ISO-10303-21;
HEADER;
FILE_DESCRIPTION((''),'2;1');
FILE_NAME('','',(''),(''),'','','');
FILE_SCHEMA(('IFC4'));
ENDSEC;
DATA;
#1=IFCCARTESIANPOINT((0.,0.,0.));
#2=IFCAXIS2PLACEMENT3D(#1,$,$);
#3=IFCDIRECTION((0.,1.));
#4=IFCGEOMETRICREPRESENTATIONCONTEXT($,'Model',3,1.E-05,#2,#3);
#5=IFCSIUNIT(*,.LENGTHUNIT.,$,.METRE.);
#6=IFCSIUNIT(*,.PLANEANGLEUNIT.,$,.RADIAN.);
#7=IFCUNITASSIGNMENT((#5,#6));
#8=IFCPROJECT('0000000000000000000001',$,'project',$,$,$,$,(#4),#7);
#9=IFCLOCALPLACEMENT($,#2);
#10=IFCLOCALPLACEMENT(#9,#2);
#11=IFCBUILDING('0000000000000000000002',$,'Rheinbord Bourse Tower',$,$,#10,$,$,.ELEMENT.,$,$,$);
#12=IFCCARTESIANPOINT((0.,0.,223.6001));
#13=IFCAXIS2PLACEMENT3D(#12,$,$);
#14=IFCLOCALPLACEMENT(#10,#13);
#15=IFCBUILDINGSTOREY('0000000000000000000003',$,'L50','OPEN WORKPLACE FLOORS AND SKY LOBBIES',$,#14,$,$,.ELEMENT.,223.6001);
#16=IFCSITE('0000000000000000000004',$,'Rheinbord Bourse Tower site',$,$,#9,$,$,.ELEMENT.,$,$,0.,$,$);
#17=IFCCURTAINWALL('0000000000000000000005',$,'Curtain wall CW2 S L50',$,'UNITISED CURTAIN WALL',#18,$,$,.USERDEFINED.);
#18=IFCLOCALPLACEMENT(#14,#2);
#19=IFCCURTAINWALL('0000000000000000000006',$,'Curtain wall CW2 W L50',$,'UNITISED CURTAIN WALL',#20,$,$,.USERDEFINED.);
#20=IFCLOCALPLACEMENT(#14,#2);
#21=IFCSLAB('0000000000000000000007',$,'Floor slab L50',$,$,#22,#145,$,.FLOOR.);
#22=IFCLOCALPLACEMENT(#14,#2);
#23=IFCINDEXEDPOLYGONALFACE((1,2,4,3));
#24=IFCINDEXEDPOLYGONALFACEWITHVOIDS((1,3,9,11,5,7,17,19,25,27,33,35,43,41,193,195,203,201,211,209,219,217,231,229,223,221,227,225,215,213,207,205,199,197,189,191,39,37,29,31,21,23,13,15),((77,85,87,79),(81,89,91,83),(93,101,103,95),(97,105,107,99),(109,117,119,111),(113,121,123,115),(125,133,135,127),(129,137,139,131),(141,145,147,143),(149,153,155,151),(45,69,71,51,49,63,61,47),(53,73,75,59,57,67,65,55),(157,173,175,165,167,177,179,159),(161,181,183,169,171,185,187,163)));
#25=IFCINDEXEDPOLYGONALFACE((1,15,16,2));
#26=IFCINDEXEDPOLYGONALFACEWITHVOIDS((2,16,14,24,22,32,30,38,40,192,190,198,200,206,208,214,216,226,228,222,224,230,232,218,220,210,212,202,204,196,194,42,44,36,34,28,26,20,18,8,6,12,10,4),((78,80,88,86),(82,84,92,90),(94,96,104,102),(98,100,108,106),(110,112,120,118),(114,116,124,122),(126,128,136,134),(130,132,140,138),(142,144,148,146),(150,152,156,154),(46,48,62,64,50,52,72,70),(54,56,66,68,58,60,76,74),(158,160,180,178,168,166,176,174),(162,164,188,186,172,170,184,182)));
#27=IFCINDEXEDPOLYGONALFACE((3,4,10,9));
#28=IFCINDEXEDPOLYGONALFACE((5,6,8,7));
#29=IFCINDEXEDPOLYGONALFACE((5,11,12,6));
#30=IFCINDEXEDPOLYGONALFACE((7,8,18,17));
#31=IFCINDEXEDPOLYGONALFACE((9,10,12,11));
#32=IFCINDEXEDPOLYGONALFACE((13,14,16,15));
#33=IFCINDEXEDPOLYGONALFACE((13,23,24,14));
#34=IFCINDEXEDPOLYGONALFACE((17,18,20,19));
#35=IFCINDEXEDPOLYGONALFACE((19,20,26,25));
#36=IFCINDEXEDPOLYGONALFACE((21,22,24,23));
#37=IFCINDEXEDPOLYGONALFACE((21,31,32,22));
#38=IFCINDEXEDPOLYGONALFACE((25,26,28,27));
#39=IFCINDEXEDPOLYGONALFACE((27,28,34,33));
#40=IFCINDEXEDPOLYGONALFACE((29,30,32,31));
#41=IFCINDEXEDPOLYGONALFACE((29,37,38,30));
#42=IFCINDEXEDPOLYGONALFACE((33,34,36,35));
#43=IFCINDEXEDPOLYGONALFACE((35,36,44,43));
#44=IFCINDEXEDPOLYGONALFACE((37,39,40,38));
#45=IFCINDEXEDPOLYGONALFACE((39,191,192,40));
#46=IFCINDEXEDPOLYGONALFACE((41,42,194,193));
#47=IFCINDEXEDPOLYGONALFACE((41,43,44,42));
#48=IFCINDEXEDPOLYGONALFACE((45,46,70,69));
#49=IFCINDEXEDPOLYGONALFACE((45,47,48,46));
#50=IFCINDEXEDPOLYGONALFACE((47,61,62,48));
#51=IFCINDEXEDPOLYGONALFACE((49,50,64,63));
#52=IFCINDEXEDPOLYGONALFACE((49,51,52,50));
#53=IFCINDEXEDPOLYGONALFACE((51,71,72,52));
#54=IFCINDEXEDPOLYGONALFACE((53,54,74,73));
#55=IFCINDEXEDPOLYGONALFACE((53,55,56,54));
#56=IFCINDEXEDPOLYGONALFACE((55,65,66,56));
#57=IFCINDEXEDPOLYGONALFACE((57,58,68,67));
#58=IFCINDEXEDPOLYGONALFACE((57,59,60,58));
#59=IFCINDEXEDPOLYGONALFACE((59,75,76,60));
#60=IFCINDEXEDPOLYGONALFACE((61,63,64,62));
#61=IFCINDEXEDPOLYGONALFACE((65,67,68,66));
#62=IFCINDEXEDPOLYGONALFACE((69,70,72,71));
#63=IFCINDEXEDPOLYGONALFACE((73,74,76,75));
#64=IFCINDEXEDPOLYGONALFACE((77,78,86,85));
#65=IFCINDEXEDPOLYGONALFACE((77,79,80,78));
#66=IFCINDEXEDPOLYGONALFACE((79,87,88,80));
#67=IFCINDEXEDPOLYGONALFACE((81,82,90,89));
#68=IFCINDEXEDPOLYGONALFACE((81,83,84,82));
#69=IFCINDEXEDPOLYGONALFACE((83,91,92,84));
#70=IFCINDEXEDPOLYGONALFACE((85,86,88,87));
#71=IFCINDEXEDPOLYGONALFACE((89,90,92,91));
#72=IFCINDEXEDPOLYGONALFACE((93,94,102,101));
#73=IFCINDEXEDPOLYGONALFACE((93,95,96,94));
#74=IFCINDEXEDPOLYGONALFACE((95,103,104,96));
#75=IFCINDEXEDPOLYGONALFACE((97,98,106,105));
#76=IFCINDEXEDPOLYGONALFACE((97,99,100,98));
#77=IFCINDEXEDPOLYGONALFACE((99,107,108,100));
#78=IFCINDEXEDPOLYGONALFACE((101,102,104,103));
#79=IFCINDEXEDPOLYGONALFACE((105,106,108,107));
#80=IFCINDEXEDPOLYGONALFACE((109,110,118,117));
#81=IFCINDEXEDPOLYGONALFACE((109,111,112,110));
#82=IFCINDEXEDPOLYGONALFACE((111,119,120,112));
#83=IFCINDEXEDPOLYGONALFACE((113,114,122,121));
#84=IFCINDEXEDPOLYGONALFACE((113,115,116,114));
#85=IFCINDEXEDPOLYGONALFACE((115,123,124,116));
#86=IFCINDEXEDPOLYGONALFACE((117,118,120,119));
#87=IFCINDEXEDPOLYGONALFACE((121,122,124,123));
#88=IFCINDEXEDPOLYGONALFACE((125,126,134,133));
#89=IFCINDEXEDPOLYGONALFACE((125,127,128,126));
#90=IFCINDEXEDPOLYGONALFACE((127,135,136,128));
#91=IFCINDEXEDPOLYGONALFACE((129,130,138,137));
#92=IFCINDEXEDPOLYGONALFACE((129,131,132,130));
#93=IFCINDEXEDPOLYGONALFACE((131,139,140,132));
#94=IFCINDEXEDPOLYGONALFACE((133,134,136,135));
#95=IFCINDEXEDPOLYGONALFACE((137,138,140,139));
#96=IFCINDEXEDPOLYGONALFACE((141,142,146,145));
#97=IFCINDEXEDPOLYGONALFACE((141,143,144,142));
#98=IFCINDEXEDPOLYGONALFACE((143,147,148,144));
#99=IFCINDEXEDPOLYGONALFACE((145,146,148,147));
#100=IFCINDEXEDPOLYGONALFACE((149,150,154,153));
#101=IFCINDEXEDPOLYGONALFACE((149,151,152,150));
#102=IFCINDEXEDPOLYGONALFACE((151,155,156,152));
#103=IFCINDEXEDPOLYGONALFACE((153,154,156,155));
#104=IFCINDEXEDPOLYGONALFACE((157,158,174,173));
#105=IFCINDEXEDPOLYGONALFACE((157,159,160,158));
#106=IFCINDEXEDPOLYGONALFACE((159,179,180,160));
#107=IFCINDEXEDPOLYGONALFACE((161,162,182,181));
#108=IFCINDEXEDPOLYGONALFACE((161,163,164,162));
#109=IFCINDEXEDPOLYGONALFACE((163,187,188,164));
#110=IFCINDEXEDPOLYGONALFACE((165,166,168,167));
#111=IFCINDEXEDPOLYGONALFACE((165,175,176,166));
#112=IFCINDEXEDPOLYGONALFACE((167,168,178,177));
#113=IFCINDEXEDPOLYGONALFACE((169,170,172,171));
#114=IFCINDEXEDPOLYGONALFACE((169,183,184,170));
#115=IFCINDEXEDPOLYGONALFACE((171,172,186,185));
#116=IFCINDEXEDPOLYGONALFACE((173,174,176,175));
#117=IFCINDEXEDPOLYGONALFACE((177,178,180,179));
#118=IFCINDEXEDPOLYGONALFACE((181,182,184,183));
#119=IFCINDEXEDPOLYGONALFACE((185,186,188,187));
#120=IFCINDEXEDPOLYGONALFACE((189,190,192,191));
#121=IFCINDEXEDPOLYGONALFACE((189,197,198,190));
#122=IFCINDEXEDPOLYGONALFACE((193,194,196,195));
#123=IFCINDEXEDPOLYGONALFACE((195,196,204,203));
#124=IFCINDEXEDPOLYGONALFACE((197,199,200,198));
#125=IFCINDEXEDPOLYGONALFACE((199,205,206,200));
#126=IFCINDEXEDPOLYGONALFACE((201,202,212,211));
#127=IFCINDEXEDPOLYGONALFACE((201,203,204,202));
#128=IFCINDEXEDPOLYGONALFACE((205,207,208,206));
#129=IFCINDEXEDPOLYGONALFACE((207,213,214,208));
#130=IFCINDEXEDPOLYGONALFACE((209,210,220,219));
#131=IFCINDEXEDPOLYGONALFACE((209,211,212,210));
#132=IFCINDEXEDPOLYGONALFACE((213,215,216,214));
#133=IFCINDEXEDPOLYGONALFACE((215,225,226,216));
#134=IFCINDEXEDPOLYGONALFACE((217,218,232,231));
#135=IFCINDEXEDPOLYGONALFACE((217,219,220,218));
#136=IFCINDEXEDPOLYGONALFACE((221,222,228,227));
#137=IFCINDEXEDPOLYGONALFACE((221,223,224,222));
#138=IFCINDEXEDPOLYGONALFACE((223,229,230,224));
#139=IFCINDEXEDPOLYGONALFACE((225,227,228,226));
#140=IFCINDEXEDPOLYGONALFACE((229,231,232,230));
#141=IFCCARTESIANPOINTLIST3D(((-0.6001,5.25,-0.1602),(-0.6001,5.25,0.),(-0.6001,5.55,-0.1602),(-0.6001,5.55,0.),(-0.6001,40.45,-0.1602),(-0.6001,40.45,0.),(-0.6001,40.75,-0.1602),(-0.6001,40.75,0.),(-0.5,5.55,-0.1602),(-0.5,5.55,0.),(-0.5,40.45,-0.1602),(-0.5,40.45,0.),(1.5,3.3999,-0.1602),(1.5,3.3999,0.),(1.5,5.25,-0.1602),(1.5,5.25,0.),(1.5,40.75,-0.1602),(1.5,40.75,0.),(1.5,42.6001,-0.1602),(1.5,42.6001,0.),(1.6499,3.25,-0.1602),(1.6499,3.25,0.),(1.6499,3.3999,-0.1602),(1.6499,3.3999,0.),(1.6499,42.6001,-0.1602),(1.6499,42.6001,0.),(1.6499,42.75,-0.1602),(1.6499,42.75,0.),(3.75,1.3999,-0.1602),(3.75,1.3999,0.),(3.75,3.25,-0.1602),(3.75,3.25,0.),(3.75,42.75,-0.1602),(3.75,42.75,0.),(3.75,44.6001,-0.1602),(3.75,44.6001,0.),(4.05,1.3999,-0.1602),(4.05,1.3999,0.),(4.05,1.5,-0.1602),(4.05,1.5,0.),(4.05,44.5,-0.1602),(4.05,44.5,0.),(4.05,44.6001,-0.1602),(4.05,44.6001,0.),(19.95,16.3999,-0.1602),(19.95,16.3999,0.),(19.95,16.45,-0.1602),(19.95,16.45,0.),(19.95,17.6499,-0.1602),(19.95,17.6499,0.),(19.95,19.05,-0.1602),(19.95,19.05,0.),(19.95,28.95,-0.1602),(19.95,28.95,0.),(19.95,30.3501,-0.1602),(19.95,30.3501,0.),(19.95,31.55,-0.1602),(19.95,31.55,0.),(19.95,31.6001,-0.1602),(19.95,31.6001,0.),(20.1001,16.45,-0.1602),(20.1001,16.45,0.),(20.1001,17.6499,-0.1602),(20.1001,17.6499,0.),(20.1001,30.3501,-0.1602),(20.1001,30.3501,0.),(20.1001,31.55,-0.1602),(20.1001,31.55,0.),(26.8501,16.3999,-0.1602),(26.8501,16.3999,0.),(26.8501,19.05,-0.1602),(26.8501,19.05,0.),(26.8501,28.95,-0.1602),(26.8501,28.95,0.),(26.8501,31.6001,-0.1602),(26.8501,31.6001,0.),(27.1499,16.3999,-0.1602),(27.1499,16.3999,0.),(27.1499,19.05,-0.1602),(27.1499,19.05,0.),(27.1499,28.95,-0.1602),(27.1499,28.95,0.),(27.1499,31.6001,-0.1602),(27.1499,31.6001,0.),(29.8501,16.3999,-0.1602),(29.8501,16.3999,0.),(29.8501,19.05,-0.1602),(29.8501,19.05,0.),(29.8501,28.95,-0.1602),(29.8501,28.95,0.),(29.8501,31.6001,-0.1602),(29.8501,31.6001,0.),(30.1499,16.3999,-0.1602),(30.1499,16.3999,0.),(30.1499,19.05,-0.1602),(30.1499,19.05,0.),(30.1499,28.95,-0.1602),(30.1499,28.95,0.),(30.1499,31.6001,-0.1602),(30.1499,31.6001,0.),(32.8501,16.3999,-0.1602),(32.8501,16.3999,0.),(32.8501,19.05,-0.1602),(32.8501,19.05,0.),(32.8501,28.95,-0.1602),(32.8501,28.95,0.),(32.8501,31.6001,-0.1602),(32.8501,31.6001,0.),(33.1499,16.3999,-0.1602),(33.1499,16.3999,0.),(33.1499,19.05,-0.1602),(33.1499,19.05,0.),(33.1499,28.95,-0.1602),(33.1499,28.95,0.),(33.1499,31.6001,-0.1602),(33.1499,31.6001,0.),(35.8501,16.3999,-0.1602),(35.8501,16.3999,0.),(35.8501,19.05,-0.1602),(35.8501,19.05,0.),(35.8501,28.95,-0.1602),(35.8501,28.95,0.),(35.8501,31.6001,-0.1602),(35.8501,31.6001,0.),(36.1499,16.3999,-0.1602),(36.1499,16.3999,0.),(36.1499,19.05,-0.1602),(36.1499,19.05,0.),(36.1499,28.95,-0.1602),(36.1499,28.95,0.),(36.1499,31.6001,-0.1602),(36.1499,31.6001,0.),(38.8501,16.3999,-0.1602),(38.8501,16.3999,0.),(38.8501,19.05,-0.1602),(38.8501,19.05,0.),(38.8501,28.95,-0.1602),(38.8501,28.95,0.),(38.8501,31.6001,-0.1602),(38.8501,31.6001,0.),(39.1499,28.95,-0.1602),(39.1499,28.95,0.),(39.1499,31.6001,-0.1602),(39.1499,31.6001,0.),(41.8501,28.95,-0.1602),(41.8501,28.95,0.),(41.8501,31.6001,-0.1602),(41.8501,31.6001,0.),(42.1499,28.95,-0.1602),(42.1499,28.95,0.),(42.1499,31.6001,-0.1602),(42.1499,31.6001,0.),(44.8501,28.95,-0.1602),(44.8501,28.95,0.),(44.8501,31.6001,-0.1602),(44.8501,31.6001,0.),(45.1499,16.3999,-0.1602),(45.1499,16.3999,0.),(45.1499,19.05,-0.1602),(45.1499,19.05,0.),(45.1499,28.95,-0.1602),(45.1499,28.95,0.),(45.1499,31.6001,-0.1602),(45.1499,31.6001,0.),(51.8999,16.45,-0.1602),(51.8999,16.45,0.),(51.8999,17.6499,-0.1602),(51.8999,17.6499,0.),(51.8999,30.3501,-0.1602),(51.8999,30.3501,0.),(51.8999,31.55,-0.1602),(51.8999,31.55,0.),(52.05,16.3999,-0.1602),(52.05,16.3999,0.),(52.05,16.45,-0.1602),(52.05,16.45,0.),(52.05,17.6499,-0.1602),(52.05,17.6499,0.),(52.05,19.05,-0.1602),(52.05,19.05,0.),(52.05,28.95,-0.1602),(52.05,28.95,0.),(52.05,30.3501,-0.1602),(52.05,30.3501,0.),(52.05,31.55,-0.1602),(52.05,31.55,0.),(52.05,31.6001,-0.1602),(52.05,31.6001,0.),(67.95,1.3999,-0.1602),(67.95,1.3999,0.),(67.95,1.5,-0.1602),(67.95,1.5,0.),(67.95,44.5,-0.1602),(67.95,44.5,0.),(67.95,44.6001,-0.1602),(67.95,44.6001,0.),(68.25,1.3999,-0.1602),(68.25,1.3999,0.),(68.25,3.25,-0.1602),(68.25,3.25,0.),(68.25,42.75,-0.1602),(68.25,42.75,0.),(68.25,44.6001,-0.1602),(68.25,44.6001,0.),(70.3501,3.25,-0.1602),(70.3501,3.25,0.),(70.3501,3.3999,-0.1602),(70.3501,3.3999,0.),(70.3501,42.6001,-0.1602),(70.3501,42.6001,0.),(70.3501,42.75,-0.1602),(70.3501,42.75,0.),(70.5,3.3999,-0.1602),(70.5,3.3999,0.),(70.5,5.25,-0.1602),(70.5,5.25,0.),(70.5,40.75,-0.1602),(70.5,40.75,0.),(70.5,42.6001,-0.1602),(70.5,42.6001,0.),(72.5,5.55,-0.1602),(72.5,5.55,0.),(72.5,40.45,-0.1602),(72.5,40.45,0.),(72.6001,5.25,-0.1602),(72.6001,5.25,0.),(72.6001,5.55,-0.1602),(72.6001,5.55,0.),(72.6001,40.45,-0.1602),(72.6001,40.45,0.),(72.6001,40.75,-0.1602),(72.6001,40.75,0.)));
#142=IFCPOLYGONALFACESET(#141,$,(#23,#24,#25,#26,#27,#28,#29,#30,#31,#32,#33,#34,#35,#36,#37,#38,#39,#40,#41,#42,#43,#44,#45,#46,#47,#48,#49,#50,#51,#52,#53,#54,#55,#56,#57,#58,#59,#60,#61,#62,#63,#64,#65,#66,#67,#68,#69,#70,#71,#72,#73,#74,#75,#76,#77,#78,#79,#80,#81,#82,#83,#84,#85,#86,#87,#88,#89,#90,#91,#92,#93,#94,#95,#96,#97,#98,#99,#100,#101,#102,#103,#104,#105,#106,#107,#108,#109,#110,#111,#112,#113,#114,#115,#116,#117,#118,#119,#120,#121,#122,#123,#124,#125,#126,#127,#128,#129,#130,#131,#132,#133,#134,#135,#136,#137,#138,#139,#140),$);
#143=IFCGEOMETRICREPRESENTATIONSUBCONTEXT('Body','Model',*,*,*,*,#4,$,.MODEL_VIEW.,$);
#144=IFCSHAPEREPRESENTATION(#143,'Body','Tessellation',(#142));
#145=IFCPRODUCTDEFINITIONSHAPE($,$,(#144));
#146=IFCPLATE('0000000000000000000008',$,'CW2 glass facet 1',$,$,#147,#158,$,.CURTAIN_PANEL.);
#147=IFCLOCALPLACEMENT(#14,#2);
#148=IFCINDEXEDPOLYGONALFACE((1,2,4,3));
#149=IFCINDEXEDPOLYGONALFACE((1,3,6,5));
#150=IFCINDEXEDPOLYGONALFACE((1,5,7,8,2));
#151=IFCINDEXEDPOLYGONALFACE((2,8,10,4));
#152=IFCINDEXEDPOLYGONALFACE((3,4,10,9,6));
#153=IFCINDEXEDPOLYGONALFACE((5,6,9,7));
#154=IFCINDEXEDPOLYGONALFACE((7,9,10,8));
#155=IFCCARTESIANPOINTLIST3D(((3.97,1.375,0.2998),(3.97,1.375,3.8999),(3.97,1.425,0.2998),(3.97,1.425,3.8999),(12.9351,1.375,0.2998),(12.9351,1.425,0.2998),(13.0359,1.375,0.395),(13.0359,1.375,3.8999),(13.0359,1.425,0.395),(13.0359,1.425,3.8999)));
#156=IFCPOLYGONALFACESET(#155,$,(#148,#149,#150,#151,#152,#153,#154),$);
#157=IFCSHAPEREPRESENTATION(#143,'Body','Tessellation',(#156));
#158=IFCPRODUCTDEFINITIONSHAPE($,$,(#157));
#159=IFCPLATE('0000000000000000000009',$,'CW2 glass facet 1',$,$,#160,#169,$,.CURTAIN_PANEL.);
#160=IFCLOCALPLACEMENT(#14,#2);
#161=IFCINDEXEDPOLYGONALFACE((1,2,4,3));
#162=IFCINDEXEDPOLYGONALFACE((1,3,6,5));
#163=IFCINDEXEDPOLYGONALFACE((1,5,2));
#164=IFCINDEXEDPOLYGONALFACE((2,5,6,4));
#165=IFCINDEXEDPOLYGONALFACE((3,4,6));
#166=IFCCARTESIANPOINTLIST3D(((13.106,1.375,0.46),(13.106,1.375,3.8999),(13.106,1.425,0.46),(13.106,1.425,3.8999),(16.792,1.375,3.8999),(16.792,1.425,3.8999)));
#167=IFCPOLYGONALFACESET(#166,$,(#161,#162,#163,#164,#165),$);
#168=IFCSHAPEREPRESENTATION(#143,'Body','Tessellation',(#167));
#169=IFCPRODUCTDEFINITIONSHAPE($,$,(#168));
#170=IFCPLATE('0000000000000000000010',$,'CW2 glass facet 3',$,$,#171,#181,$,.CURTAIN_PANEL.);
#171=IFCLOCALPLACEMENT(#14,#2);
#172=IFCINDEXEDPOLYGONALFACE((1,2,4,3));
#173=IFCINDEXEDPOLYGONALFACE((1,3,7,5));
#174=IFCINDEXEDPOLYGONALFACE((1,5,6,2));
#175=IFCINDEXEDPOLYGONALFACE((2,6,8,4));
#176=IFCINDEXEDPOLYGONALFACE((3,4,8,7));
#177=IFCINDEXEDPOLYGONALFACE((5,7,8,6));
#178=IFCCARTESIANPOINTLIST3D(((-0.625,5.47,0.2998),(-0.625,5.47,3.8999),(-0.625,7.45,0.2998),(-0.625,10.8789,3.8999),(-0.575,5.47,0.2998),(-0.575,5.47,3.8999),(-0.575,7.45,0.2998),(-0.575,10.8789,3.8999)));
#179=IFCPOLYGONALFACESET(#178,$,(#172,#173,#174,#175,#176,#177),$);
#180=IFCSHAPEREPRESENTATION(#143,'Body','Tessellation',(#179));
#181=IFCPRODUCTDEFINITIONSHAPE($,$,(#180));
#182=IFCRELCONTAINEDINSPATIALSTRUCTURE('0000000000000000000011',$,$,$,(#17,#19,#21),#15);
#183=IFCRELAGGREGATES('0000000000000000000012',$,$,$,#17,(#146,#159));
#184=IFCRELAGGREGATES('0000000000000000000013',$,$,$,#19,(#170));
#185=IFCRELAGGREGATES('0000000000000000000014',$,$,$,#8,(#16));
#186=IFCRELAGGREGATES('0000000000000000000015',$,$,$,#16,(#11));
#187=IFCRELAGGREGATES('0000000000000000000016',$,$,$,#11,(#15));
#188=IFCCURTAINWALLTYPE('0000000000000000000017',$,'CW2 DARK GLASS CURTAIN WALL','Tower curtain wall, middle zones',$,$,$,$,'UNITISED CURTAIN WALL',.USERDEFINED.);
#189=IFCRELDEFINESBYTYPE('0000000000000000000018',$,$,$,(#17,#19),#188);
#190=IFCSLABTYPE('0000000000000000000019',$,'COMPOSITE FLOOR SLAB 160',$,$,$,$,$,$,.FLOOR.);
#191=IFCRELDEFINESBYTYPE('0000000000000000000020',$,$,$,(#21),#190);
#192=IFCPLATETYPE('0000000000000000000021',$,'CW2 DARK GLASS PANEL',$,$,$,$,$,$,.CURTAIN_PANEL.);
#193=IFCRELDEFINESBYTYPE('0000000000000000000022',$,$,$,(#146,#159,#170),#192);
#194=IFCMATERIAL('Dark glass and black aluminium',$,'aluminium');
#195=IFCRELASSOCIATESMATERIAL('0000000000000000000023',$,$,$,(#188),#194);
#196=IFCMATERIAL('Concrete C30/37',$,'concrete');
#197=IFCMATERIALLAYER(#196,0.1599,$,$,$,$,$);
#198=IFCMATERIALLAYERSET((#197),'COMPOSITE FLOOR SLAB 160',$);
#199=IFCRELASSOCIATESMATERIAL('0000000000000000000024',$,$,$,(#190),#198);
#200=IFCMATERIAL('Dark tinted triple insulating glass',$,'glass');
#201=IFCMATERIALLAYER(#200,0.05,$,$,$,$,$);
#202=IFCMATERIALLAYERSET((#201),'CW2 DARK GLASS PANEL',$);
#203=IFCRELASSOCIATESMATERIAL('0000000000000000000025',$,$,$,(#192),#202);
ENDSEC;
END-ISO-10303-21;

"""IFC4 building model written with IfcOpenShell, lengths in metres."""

from ifc_helpers import new_model, si_unit, direction, frame, origin, place, context, subcontext, project, spatial, polyline, outline, extrude, material, layer, layer_set, type_object, element, aggregate, save


model = new_model("IFC4")

# Units and contexts
model_context = context("Model", 3, precision=1e-05, world=origin(), true_north=direction((0.0, 1.0)))
body_context = subcontext(model_context, "Body", "Model", "MODEL_VIEW")
ifc_project = project(units=[si_unit("LENGTHUNIT", "METRE"), si_unit("PLANEANGLEUNIT", "RADIAN")], contexts=[model_context])

# Site, building, storey
site_placement = place(None, origin())
site = spatial("IfcSite", under=ifc_project, at=site_placement, Name="Rheinbord Bourse Tower site", CompositionType="ELEMENT", RefElevation=0.0)
building_placement = place(site_placement, origin())
building = spatial("IfcBuilding", under=site, at=building_placement, Name="Rheinbord Bourse Tower", CompositionType="ELEMENT")
storey_placement = place(building_placement, frame((0.0, 0.0, 223.6001)))
storey = spatial("IfcBuildingStorey", under=building, at=storey_placement, Name="L50", Description="OPEN WORKPLACE FLOORS AND SKY LOBBIES", CompositionType="ELEMENT", Elevation=223.6001)

# Curtain wall
ifc_material_1 = material(Name="Dark glass and black aluminium", Category="aluminium")
curtain_wall_type = type_object("IfcCurtainWallType", Name="CW2 DARK GLASS CURTAIN WALL", Description="Tower curtain wall, middle zones", ElementType="UNITISED CURTAIN WALL", PredefinedType="USERDEFINED", material=ifc_material_1)
curtain_wall_1_placement = place(storey_placement, origin())
curtain_wall_1 = element("IfcCurtainWall", 1, at=curtain_wall_1_placement, inside=storey, type_object=curtain_wall_type, Name="Curtain wall CW2 S L50", ObjectType="UNITISED CURTAIN WALL", PredefinedType="USERDEFINED")

# Curtain wall
curtain_wall_2_placement = place(storey_placement, origin())
curtain_wall_2 = element("IfcCurtainWall", 2, at=curtain_wall_2_placement, inside=storey, type_object=curtain_wall_type, Name="Curtain wall CW2 W L50", ObjectType="UNITISED CURTAIN WALL", PredefinedType="USERDEFINED")

# Slab
ifc_material_2 = material(Name="Concrete C30/37", Category="concrete")
ifc_layer_1 = layer(ifc_material_2, 0.1599)
ifc_layer_set_1 = layer_set([ifc_layer_1], Name="COMPOSITE FLOOR SLAB 160")
slab_type_1 = type_object("IfcSlabType", Name="COMPOSITE FLOOR SLAB 160", PredefinedType="FLOOR", material=ifc_layer_set_1)
slab_1_placement = place(storey_placement, frame((0.0, 0.0, -0.1602)))
element("IfcSlab", 3, at=slab_1_placement, inside=storey, type_object=slab_type_1, Name="Floor slab L50", PredefinedType="FLOOR", context=body_context, shape_type="SweptSolid", body=[
    extrude(outline(polyline([(1.6499, 3.3999), (1.5, 3.3999), (1.5, 5.25), (-0.6001, 5.25), (-0.6001, 5.55), (-0.5, 5.55), (-0.5, 40.45), (-0.6001, 40.45), (-0.6001, 40.75), (1.5, 40.75), (1.5, 42.6001), (1.6499, 42.6001), (1.6499, 42.75), (3.75, 42.75), (3.75, 44.6001), (4.05, 44.6001), (4.05, 44.5), (67.95, 44.5), (67.95, 44.6001), (68.25, 44.6001), (68.25, 42.75), (70.3501, 42.75), (70.3501, 42.6001), (70.5, 42.6001), (70.5, 40.75), (72.6001, 40.75), (72.6001, 40.45), (72.5, 40.45), (72.5, 5.55), (72.6001, 5.55), (72.6001, 5.25), (70.5, 5.25), (70.5, 3.3999), (70.3501, 3.3999), (70.3501, 3.25), (68.25, 3.25), (68.25, 1.3999), (67.95, 1.3999), (67.95, 1.5), (4.05, 1.5), (4.05, 1.3999), (3.75, 1.3999), (3.75, 3.25), (1.6499, 3.25), (1.6499, 3.3999)]), holes=[polyline([(19.95, 19.05), (26.8501, 19.05), (26.8501, 16.3999), (19.95, 16.3999), (19.95, 16.45), (20.1001, 16.45), (20.1001, 17.6499), (19.95, 17.6499), (19.95, 19.05)]), polyline([(19.95, 31.6001), (26.8501, 31.6001), (26.8501, 28.95), (19.95, 28.95), (19.95, 30.3501), (20.1001, 30.3501), (20.1001, 31.55), (19.95, 31.55), (19.95, 31.6001)]), polyline([(52.05, 16.3999), (45.1499, 16.3999), (45.1499, 19.05), (52.05, 19.05), (52.05, 17.6499), (51.8999, 17.6499), (51.8999, 16.45), (52.05, 16.45), (52.05, 16.3999)]), polyline([(52.05, 28.95), (45.1499, 28.95), (45.1499, 31.6001), (52.05, 31.6001), (52.05, 31.55), (51.8999, 31.55), (51.8999, 30.3501), (52.05, 30.3501), (52.05, 28.95)]), polyline([(27.1499, 16.3999), (27.1499, 19.05), (29.8501, 19.05), (29.8501, 16.3999), (27.1499, 16.3999)]), polyline([(27.1499, 28.95), (27.1499, 31.6001), (29.8501, 31.6001), (29.8501, 28.95), (27.1499, 28.95)]), polyline([(30.1499, 16.3999), (30.1499, 19.05), (32.8501, 19.05), (32.8501, 16.3999), (30.1499, 16.3999)]), polyline([(30.1499, 28.95), (30.1499, 31.6001), (32.8501, 31.6001), (32.8501, 28.95), (30.1499, 28.95)]), polyline([(33.1499, 16.3999), (33.1499, 19.05), (35.8501, 19.05), (35.8501, 16.3999), (33.1499, 16.3999)]), polyline([(33.1499, 28.95), (33.1499, 31.6001), (35.8501, 31.6001), (35.8501, 28.95), (33.1499, 28.95)]), polyline([(36.1499, 16.3999), (36.1499, 19.05), (38.8501, 19.05), (38.8501, 16.3999), (36.1499, 16.3999)]), polyline([(36.1499, 28.95), (36.1499, 31.6001), (38.8501, 31.6001), (38.8501, 28.95), (36.1499, 28.95)]), polyline([(39.1499, 28.95), (39.1499, 31.6001), (41.8501, 31.6001), (41.8501, 28.95), (39.1499, 28.95)]), polyline([(42.1499, 28.95), (42.1499, 31.6001), (44.8501, 31.6001), (44.8501, 28.95), (42.1499, 28.95)])]), origin(), (0.0, 0.0, 1.0), 0.1602),
])

# Plates
ifc_material_3 = material(Name="Dark tinted triple insulating glass", Category="glass")
ifc_layer_2 = layer(ifc_material_3, 0.05)
ifc_layer_set_2 = layer_set([ifc_layer_2], Name="CW2 DARK GLASS PANEL")
plate_type = type_object("IfcPlateType", Name="CW2 DARK GLASS PANEL", PredefinedType="CURTAIN_PANEL", material=ifc_layer_set_2)
plate_1_placement = place(storey_placement, frame((3.97, 1.375, 0.2998), z_axis=(0.0, 1.0, 0.0), x_axis=(0.0, 0.0, 1.0)))
plate_1 = element("IfcPlate", 4, at=plate_1_placement, type_object=plate_type, Name="CW2 glass facet 1", PredefinedType="CURTAIN_PANEL", context=body_context, shape_type="SweptSolid", body=[
    extrude(outline(polyline([(0.0, 0.0), (3.6001, 0.0), (3.6001, 9.0659), (0.0952, 9.0659), (0.0, 8.9651), (0.0, 0.0)])), origin(), (0.0, 0.0, 1.0), 0.05),
])
plate_2_placement = place(storey_placement, frame((13.106, 1.375, 3.8999), z_axis=(0.0, 1.0, 0.0), x_axis=(1.0, 0.0, 0.0)))
plate_2 = element("IfcPlate", 5, at=plate_2_placement, type_object=plate_type, Name="CW2 glass facet 1", PredefinedType="CURTAIN_PANEL", context=body_context, shape_type="SweptSolid", body=[
    extrude(outline(polyline([(0.0, 0.0), (3.686, 0.0), (0.0, 3.4399), (0.0, 0.0)])), origin(), (0.0, 0.0, 1.0), 0.05),
])
aggregate(curtain_wall_1, [plate_1, plate_2])
plate_3_placement = place(storey_placement, frame((-0.625, 5.47, 3.8999), z_axis=(1.0, 0.0, 0.0), x_axis=(0.0, 0.0, -1.0)))
plate_3 = element("IfcPlate", 6, at=plate_3_placement, type_object=plate_type, Name="CW2 glass facet 3", PredefinedType="CURTAIN_PANEL", context=body_context, shape_type="SweptSolid", body=[
    extrude(outline(polyline([(0.0, 0.0), (3.6001, 0.0), (3.6001, 1.98), (0.0, 5.4089), (0.0, 0.0)])), origin(), (0.0, 0.0, 1.0), 0.05),
])
aggregate(curtain_wall_2, [plate_3])

save(model, "model.ifc")
